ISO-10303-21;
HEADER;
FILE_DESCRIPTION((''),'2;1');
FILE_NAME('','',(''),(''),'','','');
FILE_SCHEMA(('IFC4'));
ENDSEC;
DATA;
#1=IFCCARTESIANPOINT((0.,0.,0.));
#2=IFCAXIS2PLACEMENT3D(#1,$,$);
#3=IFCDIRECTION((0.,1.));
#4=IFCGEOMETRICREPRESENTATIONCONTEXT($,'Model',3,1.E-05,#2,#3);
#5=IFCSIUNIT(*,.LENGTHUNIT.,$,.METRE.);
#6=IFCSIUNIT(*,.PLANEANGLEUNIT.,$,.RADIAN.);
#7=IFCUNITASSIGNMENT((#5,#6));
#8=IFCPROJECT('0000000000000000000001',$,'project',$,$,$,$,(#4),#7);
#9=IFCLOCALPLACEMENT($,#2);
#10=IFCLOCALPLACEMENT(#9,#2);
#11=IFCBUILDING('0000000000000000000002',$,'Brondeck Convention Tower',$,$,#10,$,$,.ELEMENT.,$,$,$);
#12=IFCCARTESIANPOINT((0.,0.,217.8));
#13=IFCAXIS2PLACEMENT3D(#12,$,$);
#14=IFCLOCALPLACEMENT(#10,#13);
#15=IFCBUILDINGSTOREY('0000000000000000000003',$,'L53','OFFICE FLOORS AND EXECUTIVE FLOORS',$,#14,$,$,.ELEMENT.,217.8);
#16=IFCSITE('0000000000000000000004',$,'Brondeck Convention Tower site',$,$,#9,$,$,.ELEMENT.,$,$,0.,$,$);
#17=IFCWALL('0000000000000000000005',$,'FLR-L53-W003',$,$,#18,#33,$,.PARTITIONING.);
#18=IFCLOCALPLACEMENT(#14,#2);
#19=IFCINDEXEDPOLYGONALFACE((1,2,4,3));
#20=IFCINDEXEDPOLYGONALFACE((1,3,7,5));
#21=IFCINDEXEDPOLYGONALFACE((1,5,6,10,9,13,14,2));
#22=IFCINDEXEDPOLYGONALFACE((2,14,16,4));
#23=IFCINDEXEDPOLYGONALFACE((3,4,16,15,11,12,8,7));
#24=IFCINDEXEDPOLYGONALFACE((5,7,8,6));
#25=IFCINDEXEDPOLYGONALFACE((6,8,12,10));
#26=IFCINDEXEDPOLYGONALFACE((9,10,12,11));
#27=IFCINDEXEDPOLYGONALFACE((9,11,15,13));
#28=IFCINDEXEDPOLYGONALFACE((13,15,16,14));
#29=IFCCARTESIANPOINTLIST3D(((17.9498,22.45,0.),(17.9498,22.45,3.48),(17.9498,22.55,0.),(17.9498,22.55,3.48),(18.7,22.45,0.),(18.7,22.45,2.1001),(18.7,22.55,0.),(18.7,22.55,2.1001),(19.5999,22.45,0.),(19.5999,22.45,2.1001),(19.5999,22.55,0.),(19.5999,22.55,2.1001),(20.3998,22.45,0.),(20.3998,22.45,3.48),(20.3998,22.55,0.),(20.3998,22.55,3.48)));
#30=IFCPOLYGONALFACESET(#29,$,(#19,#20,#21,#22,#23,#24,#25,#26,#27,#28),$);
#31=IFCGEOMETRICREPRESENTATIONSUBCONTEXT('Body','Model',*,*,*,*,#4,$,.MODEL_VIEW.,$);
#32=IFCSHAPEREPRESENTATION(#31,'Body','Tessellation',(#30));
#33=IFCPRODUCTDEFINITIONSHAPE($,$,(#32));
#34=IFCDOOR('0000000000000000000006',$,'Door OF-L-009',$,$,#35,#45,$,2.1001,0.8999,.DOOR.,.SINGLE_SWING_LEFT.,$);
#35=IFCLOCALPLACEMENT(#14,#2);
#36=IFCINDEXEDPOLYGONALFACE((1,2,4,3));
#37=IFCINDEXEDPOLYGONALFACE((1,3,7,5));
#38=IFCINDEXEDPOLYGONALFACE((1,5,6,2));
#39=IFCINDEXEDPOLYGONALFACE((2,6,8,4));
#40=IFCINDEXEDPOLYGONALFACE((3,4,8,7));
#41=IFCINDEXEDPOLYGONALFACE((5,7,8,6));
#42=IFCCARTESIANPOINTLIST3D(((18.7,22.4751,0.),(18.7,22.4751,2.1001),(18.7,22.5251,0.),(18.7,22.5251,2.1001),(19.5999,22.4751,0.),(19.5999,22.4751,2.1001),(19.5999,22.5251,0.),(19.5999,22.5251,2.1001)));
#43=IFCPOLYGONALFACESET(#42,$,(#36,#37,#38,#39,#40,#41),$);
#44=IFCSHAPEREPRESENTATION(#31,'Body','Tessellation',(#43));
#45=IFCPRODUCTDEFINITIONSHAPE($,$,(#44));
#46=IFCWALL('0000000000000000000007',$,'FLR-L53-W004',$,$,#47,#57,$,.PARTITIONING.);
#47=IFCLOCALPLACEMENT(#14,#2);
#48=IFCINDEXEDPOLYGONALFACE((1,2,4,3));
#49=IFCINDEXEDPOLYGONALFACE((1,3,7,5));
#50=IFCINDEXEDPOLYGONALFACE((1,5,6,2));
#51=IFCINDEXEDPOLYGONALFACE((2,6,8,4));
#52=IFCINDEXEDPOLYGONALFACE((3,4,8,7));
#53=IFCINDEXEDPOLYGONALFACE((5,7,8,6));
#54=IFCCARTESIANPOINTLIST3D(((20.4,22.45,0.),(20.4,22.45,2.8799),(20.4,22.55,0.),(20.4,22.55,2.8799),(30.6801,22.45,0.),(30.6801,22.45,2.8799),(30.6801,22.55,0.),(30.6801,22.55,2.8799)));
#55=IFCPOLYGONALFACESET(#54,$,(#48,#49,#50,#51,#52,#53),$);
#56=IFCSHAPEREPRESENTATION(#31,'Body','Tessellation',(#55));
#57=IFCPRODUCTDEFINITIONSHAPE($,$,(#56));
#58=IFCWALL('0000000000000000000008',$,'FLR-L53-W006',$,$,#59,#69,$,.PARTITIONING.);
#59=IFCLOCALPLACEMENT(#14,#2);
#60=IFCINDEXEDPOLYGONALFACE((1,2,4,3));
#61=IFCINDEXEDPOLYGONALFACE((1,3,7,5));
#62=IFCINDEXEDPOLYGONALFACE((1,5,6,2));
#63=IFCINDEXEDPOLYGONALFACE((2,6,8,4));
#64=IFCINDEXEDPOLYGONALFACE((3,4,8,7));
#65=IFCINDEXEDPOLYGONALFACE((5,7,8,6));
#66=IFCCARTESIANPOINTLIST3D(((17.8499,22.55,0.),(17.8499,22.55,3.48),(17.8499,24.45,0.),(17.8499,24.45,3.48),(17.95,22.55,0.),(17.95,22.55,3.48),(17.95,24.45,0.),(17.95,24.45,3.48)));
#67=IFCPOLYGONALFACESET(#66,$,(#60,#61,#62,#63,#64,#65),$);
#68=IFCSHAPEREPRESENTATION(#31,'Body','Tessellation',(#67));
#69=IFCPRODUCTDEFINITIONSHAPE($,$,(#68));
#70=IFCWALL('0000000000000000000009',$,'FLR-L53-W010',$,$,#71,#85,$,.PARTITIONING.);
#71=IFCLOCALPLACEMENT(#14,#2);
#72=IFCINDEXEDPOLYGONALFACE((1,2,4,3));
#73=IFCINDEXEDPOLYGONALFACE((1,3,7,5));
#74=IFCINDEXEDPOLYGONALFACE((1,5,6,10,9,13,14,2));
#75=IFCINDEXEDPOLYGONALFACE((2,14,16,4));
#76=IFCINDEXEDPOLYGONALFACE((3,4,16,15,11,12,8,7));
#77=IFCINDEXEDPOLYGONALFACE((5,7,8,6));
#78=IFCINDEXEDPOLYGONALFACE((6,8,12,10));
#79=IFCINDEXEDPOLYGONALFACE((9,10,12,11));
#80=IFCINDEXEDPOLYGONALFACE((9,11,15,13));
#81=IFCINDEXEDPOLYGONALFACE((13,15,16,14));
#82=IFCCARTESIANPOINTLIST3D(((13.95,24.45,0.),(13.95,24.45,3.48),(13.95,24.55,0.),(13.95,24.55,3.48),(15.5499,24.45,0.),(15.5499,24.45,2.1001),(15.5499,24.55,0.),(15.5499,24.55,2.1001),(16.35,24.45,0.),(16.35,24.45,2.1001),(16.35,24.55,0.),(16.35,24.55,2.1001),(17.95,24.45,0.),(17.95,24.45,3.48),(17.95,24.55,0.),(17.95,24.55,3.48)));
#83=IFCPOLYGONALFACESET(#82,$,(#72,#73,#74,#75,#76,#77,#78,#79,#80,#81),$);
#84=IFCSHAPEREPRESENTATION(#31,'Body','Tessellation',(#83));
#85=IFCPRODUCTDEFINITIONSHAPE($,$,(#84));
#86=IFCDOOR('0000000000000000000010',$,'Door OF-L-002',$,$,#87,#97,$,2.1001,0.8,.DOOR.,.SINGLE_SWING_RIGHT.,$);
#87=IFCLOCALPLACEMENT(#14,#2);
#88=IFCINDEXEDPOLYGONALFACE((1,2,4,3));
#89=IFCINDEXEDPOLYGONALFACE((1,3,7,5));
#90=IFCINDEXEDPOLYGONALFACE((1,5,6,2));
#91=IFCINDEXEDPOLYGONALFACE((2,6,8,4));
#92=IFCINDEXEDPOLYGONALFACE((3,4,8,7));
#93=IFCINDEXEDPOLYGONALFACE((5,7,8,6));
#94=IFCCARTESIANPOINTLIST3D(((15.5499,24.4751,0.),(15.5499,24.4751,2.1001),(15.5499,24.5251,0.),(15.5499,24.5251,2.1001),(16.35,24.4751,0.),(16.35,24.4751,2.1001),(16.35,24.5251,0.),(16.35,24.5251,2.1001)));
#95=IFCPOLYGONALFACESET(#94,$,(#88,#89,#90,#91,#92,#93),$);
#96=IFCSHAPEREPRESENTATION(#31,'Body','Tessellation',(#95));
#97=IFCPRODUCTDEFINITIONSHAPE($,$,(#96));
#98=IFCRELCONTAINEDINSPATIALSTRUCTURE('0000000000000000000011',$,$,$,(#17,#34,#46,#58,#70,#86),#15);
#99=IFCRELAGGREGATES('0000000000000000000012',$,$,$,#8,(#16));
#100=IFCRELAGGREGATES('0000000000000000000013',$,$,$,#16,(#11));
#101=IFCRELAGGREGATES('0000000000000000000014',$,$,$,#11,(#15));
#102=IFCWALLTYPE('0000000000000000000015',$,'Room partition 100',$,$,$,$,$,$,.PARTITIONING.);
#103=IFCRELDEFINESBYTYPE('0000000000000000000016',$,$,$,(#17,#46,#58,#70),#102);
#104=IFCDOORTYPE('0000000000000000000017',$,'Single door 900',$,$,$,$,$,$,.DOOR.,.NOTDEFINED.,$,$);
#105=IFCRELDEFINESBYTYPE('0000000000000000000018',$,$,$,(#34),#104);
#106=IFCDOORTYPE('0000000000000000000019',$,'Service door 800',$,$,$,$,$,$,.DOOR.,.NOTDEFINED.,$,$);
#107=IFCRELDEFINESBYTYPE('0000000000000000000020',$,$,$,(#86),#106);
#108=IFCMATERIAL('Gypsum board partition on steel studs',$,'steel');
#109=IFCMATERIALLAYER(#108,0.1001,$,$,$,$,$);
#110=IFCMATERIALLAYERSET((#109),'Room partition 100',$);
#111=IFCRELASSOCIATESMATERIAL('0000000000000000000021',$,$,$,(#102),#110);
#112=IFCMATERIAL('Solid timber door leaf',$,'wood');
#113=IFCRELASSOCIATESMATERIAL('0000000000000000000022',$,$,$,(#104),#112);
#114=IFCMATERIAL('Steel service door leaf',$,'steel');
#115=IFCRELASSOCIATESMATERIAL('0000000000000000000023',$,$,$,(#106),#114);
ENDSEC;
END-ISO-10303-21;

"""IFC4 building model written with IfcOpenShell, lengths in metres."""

from ifc_helpers import new_model, si_unit, direction, frame, frame_2d, origin, place, context, subcontext, project, spatial, rectangle, extrude, material, layer, layer_set, type_object, element, fill, save


model = new_model("IFC4")

# Units and contexts
model_context = context("Model", 3, precision=1e-05, world=origin(), true_north=direction((0.0, 1.0)))
body_context = subcontext(model_context, "Body", "Model", "MODEL_VIEW")
ifc_project = project(units=[si_unit("LENGTHUNIT", "METRE"), si_unit("PLANEANGLEUNIT", "RADIAN")], contexts=[model_context])

# Site, building, storey
site_placement = place(None, origin())
site = spatial("IfcSite", under=ifc_project, at=site_placement, Name="Brondeck Convention Tower site", CompositionType="ELEMENT", RefElevation=0.0)
building_placement = place(site_placement, origin())
building = spatial("IfcBuilding", under=site, at=building_placement, Name="Brondeck Convention Tower", CompositionType="ELEMENT")
storey_placement = place(building_placement, frame((0.0, 0.0, 217.8)))
storey = spatial("IfcBuildingStorey", under=building, at=storey_placement, Name="L53", Description="OFFICE FLOORS AND EXECUTIVE FLOORS", CompositionType="ELEMENT", Elevation=217.8)

# Shared definitions
ifc_material_1 = material(Name="Gypsum board partition on steel studs", Category="steel")
ifc_layer_1 = layer(ifc_material_1, 0.1001)
ifc_layer_set_1 = layer_set([ifc_layer_1], Name="Room partition 100")
wall_type_1 = type_object("IfcWallType", Name="Room partition 100", PredefinedType="PARTITIONING", material=ifc_layer_set_1)

# Wall, opening, door
wall_1_placement = place(storey_placement, frame((20.3999, 22.5, 0.0), z_axis=(0.0, 0.0, 1.0), x_axis=(-1.0, 0.0, 0.0)))
wall_1 = element("IfcWall", 1, at=wall_1_placement, inside=storey, type_object=wall_type_1, Name="FLR-L53-W003", PredefinedType="PARTITIONING", context=body_context, shape_type="SweptSolid", body=[
    extrude(rectangle(XDim=2.45, YDim=0.1001, at=frame_2d((1.2251, 0.0))), origin(), (0.0, 0.0, 1.0), 3.48),
])
opening_1_placement = place(wall_1_placement, frame((0.8, 0.0, 0.0)))
opening_1 = element("IfcOpeningElement", 2, at=opening_1_placement, cuts=wall_1, PredefinedType="OPENING", context=body_context, shape_type="SweptSolid", body=[
    extrude(rectangle(XDim=0.8999, YDim=2.1001, at=frame_2d((0.45, 1.05))), frame((0.0, 0.0601, 0.0), z_axis=(0.0, -1.0, 0.0), x_axis=(1.0, 0.0, 0.0)), (0.0, 0.0, 1.0), 0.1201),
])
ifc_material_2 = material(Name="Solid timber door leaf", Category="wood")
door_type_1 = type_object("IfcDoorType", Name="Single door 900", OperationType="NOTDEFINED", PredefinedType="DOOR", material=ifc_material_2)
door_1_placement = place(opening_1_placement, origin())
door_1 = element("IfcDoor", 3, at=door_1_placement, inside=storey, type_object=door_type_1, Name="Door OF-L-009", OperationType="SINGLE_SWING_LEFT", OverallHeight=2.1001, OverallWidth=0.8999, PredefinedType="DOOR", context=body_context, shape_type="SweptSolid", body=[
    extrude(rectangle(XDim=0.8999, YDim=2.1001, at=frame_2d((0.45, 1.05))), frame((0.0, 0.0249, 0.0), z_axis=(0.0, -1.0, 0.0), x_axis=(1.0, 0.0, 0.0)), (0.0, 0.0, 1.0), 0.05),
])
fill(opening_1, door_1)

# Walls
wall_2_placement = place(storey_placement, frame((20.3999, 22.5, 0.0), z_axis=(0.0, 0.0, 1.0), x_axis=(1.0, 0.0, 0.0)))
element("IfcWall", 4, at=wall_2_placement, inside=storey, type_object=wall_type_1, Name="FLR-L53-W004", PredefinedType="PARTITIONING", context=body_context, shape_type="SweptSolid", body=[
    extrude(rectangle(XDim=10.28, YDim=0.1001, at=frame_2d((5.1401, 0.0))), origin(), (0.0, 0.0, 1.0), 2.8799),
])
wall_3_placement = place(storey_placement, frame((17.8999, 22.55, 0.0), z_axis=(0.0, 0.0, 1.0), x_axis=(0.0, 1.0, 0.0)))
element("IfcWall", 5, at=wall_3_placement, inside=storey, type_object=wall_type_1, Name="FLR-L53-W006", PredefinedType="PARTITIONING", context=body_context, shape_type="SweptSolid", body=[
    extrude(rectangle(XDim=1.8999, YDim=0.1001, at=frame_2d((0.95, 0.0))), origin(), (0.0, 0.0, 1.0), 3.48),
])

# Wall, opening, door
wall_4_placement = place(storey_placement, frame((17.95, 24.5, 0.0), z_axis=(0.0, 0.0, 1.0), x_axis=(-1.0, 0.0, 0.0)))
wall_4 = element("IfcWall", 6, at=wall_4_placement, inside=storey, type_object=wall_type_1, Name="FLR-L53-W010", PredefinedType="PARTITIONING", context=body_context, shape_type="SweptSolid", body=[
    extrude(rectangle(XDim=4.0, YDim=0.1001, at=frame_2d((2.0, 0.0))), origin(), (0.0, 0.0, 1.0), 3.48),
])
opening_2_placement = place(wall_4_placement, frame((1.6001, 0.0, 0.0)))
opening_2 = element("IfcOpeningElement", 7, at=opening_2_placement, cuts=wall_4, PredefinedType="OPENING", context=body_context, shape_type="SweptSolid", body=[
    extrude(rectangle(XDim=0.8, YDim=2.1001, at=frame_2d((0.3999, 1.05))), frame((0.0, 0.0601, 0.0), z_axis=(0.0, -1.0, 0.0), x_axis=(1.0, 0.0, 0.0)), (0.0, 0.0, 1.0), 0.1201),
])
ifc_material_3 = material(Name="Steel service door leaf", Category="steel")
door_type_2 = type_object("IfcDoorType", Name="Service door 800", OperationType="NOTDEFINED", PredefinedType="DOOR", material=ifc_material_3)
door_2_placement = place(opening_2_placement, origin())
door_2 = element("IfcDoor", 8, at=door_2_placement, inside=storey, type_object=door_type_2, Name="Door OF-L-002", OperationType="SINGLE_SWING_RIGHT", OverallHeight=2.1001, OverallWidth=0.8, PredefinedType="DOOR", context=body_context, shape_type="SweptSolid", body=[
    extrude(rectangle(XDim=0.8, YDim=2.1001, at=frame_2d((0.3999, 1.05))), frame((0.0, 0.0249, 0.0), z_axis=(0.0, -1.0, 0.0), x_axis=(1.0, 0.0, 0.0)), (0.0, 0.0, 1.0), 0.05),
])
fill(opening_2, door_2)

save(model, "model.ifc")
